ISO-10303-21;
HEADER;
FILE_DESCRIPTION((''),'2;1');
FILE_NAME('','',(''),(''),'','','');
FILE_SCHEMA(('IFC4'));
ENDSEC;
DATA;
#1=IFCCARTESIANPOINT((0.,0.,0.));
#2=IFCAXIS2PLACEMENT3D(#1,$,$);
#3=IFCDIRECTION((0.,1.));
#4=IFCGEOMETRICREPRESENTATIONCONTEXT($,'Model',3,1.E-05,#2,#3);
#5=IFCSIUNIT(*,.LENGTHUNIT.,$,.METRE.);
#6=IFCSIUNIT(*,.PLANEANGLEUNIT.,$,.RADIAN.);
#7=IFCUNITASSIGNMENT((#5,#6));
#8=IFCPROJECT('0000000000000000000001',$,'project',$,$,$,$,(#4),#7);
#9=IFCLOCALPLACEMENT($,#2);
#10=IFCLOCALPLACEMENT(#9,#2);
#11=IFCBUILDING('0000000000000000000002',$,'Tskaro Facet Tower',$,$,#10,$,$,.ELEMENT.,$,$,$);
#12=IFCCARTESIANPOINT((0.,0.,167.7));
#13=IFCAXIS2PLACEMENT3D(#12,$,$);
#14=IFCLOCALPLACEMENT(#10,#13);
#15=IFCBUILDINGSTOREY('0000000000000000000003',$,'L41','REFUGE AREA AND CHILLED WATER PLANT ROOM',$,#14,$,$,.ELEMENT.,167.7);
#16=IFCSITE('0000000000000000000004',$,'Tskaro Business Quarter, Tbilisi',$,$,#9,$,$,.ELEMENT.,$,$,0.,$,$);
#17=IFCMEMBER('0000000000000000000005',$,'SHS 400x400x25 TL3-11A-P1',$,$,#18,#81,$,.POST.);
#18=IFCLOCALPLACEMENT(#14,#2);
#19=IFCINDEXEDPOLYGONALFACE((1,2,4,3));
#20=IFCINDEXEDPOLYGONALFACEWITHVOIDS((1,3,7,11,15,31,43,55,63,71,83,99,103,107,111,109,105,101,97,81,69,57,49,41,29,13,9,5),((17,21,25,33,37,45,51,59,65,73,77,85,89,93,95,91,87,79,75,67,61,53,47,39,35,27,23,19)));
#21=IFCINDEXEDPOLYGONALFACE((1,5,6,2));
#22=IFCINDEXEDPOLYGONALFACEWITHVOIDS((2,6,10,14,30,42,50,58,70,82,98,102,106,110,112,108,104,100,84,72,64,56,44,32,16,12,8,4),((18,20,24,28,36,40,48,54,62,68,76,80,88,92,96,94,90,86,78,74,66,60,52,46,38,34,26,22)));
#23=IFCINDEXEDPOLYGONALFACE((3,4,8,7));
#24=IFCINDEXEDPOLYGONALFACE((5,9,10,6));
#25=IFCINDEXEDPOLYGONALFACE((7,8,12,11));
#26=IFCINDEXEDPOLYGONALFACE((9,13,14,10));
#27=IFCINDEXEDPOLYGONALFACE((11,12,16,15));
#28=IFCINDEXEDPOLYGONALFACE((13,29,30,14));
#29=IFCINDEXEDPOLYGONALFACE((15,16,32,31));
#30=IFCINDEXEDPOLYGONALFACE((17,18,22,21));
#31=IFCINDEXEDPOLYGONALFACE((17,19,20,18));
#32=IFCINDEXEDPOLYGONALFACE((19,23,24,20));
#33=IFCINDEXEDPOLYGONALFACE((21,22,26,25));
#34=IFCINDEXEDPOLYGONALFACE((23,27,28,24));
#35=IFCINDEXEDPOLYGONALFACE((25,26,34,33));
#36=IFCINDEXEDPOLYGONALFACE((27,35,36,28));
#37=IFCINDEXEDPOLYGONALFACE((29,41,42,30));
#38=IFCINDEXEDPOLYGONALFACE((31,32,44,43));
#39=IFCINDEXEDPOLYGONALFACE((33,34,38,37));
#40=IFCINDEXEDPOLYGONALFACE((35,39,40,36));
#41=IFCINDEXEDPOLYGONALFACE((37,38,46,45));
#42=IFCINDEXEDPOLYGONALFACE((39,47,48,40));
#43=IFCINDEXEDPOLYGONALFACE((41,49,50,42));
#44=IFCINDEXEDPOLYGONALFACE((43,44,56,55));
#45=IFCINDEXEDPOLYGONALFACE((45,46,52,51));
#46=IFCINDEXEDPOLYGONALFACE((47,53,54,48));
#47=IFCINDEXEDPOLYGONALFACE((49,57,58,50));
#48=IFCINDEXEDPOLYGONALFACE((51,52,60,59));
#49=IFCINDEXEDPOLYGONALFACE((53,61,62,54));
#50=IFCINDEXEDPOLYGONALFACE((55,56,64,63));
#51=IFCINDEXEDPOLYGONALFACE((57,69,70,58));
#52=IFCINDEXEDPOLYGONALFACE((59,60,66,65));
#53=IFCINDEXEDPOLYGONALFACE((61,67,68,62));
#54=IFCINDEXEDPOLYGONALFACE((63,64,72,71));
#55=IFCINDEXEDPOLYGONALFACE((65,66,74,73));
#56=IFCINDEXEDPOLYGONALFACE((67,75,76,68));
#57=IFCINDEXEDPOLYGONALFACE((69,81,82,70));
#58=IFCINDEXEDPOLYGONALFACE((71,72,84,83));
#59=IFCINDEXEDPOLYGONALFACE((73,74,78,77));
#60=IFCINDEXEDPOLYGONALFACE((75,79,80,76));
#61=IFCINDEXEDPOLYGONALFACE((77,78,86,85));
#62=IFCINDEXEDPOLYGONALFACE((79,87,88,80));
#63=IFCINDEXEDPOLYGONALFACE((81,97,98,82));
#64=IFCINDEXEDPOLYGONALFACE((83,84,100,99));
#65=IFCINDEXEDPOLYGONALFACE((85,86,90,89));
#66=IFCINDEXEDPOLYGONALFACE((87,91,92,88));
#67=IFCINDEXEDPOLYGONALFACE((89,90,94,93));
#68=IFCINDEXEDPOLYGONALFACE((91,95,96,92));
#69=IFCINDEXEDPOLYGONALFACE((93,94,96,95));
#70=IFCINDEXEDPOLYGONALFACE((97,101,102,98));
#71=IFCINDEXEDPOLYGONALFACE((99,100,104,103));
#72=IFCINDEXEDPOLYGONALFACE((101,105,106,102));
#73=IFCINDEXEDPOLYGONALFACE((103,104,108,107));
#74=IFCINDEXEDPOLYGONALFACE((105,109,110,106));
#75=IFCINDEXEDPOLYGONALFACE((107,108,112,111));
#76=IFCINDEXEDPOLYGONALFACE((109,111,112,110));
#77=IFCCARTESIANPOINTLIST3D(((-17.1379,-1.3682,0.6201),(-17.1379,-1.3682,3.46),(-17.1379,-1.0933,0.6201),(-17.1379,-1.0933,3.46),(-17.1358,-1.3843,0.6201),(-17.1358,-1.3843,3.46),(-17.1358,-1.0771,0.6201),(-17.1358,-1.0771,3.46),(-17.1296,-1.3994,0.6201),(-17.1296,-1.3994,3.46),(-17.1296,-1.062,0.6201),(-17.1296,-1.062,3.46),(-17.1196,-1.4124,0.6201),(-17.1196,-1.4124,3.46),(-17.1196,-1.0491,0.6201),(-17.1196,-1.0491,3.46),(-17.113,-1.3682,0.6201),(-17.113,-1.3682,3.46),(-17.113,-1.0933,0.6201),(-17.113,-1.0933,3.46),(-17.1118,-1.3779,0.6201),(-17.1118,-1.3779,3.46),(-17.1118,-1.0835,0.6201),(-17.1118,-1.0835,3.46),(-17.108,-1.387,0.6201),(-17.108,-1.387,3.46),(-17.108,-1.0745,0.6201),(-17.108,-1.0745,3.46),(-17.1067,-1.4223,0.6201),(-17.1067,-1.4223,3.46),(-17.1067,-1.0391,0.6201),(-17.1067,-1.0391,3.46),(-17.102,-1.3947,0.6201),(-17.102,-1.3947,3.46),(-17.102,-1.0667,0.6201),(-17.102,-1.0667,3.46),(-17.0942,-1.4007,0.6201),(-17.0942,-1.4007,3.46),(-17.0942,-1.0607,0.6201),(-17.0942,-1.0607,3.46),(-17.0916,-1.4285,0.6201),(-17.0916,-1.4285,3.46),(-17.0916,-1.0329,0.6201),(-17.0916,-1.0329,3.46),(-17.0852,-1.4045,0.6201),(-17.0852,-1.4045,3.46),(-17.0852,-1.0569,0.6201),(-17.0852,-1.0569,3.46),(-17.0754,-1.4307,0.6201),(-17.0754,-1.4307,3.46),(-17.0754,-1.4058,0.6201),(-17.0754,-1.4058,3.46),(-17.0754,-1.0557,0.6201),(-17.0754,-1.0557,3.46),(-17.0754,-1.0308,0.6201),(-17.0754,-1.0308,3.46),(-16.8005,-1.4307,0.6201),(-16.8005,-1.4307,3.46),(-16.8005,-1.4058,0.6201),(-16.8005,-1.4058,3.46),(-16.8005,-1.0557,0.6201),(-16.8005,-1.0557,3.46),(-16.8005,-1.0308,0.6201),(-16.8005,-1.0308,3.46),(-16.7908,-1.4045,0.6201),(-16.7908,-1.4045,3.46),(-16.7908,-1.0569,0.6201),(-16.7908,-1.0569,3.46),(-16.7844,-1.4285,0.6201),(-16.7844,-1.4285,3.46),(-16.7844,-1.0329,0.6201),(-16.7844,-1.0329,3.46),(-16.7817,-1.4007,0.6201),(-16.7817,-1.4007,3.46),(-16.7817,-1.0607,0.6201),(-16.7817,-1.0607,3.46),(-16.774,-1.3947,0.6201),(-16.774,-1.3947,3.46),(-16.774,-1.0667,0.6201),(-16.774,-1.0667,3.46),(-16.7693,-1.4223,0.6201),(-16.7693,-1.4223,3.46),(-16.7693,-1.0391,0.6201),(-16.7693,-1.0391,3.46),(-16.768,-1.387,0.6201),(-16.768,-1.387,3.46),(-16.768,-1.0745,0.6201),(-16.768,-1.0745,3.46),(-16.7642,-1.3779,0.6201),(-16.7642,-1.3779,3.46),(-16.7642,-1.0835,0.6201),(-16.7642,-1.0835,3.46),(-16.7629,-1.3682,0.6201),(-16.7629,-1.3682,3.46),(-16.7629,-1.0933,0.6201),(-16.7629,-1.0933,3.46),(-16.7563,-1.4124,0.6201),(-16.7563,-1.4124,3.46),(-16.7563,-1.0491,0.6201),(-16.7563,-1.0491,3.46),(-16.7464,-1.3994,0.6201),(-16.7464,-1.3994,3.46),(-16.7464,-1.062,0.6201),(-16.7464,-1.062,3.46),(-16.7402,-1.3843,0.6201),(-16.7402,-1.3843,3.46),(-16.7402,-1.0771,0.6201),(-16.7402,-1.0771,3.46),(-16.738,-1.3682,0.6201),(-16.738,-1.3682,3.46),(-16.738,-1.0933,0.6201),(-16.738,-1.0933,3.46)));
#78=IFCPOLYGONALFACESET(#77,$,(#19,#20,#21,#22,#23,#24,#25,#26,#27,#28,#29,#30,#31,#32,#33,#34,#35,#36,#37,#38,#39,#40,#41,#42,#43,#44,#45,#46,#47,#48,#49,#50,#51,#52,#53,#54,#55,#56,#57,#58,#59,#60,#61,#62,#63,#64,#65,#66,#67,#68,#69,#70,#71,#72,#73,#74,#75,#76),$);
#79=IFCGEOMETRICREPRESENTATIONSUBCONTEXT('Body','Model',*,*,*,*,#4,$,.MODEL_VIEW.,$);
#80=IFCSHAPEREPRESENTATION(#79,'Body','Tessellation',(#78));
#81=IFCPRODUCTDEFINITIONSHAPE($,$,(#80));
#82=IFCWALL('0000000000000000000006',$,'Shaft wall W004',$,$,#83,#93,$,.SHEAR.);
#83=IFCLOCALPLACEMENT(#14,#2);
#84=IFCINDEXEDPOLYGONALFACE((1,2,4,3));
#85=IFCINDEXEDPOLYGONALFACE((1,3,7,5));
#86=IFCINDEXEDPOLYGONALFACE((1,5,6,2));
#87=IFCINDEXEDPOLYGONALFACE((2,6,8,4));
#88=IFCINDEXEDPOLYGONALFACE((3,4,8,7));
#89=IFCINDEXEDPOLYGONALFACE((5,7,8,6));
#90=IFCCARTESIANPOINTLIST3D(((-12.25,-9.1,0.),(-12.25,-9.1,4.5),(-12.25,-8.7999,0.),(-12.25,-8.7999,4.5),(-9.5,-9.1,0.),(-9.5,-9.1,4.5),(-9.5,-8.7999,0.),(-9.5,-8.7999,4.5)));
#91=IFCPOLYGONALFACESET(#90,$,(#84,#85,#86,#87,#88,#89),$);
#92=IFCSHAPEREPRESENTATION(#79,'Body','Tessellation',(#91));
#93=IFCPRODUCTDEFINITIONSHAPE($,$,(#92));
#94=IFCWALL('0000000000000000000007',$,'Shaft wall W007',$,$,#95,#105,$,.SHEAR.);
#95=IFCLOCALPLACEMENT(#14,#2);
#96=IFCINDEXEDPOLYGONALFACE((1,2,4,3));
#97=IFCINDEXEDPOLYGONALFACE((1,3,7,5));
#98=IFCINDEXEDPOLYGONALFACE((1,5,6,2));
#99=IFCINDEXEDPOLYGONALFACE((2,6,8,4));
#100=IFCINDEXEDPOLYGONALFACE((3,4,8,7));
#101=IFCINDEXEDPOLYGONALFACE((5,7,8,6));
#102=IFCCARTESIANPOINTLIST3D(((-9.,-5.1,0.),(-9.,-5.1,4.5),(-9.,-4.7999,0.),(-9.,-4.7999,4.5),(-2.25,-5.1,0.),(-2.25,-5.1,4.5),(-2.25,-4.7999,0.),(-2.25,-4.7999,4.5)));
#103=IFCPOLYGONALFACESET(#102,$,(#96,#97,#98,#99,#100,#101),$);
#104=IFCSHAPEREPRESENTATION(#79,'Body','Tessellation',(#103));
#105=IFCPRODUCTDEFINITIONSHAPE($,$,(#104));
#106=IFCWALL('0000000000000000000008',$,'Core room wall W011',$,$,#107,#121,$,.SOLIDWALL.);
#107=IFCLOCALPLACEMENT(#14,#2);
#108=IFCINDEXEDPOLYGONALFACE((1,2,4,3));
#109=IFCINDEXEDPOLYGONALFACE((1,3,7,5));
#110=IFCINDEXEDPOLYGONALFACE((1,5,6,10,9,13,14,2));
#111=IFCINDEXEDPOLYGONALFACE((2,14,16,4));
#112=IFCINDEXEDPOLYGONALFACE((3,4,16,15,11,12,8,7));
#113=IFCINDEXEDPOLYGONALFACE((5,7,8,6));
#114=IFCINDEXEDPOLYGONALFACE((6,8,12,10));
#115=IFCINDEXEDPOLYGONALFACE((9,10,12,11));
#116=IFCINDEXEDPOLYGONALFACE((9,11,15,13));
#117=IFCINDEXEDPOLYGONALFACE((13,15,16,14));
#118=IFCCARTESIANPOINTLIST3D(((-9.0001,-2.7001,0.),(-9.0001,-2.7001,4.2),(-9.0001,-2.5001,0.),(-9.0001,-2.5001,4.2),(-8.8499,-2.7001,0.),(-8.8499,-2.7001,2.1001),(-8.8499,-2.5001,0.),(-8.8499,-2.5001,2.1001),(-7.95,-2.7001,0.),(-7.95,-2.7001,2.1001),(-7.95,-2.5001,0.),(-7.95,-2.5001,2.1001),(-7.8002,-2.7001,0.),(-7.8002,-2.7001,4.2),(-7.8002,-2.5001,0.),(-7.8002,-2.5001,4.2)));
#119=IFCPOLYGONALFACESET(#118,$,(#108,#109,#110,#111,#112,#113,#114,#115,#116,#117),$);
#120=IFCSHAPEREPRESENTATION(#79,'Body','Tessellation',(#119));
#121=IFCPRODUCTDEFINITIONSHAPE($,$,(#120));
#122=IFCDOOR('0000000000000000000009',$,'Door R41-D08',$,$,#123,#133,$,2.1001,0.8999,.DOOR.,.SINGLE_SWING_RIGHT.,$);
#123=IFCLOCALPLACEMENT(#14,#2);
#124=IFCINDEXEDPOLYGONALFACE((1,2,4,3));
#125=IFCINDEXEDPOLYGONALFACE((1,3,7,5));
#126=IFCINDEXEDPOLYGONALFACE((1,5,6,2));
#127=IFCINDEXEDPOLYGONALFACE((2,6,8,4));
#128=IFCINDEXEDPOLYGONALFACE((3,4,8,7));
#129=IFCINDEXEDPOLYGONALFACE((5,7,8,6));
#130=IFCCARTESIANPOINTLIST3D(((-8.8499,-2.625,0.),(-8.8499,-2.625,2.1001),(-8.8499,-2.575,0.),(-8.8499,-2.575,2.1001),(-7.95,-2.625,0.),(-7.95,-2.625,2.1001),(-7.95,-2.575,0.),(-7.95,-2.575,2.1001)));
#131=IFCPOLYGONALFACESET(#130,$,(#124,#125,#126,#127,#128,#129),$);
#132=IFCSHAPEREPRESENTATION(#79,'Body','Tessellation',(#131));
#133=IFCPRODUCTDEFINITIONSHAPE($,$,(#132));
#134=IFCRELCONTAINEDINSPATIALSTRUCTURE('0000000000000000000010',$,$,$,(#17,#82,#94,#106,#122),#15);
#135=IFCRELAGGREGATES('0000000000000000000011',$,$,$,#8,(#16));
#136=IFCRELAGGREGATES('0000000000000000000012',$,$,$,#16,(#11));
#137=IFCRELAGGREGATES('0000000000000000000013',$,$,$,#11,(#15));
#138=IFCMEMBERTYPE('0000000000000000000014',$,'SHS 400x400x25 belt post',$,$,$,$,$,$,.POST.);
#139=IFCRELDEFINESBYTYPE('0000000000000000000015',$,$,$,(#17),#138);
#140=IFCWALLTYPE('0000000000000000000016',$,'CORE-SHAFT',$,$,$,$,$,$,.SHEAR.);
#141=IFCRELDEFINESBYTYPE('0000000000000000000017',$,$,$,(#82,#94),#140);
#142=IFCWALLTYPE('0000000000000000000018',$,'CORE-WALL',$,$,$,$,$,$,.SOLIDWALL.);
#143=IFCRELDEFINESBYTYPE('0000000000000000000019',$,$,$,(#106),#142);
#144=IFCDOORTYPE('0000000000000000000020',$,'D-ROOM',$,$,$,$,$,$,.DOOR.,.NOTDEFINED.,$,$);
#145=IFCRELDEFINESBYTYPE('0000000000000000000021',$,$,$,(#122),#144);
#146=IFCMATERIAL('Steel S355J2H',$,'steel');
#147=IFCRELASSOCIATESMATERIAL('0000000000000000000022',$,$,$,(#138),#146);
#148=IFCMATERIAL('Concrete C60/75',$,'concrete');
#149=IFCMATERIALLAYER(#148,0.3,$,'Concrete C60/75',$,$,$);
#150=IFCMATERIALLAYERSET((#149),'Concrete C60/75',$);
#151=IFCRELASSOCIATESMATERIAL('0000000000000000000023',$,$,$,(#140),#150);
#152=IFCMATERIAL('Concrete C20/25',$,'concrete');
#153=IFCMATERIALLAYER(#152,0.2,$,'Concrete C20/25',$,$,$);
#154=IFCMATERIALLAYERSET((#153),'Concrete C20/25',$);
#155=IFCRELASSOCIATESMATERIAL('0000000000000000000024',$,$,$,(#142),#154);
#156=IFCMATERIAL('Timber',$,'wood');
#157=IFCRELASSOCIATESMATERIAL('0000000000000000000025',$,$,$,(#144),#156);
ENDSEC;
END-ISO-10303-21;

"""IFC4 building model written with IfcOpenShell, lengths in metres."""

from ifc_helpers import new_model, si_unit, direction, frame, frame_2d, origin, origin_2d, place, context, subcontext, project, spatial, rectangle, hollow_rectangle, extrude, material, layer, layer_set, material_profile, profile_set, type_object, element, fill, save


model = new_model("IFC4")

# Units and contexts
model_context = context("Model", 3, precision=1e-05, world=origin(), true_north=direction((0.0, 1.0)))
body_context = subcontext(model_context, "Body", "Model", "MODEL_VIEW")
ifc_project = project(units=[si_unit("LENGTHUNIT", "METRE"), si_unit("PLANEANGLEUNIT", "RADIAN")], contexts=[model_context])

# Site, building, storey
site_placement = place(None, origin())
site = spatial("IfcSite", under=ifc_project, at=site_placement, Name="Tskaro Business Quarter, Tbilisi", CompositionType="ELEMENT", RefElevation=0.0)
building_placement = place(site_placement, origin())
building = spatial("IfcBuilding", under=site, at=building_placement, Name="Tskaro Facet Tower", CompositionType="ELEMENT")
storey_placement = place(building_placement, frame((0.0, 0.0, 167.7)))
storey = spatial("IfcBuildingStorey", under=building, at=storey_placement, Name="L41", Description="REFUGE AREA AND CHILLED WATER PLANT ROOM", CompositionType="ELEMENT", Elevation=167.7)

# Shared definitions
ifc_material_1 = material(Name="Steel S355J2H", Category="steel")

# Member
ifc_material_profile_1 = material_profile(ifc_material_1, hollow_rectangle(XDim=0.3999, YDim=0.3999, WallThickness=0.0249, InnerFilletRadius=0.0376, OuterFilletRadius=0.0625, at=origin_2d()), Name="SHS 400x400x25")
ifc_profile_set_1 = profile_set([ifc_material_profile_1], Name="Steel S355J2H")
member_type_1 = type_object("IfcMemberType", Name="SHS 400x400x25 belt post", PredefinedType="POST", material=ifc_profile_set_1)
member_1_placement = place(storey_placement, frame((-16.938, -1.2307, 0.6201), z_axis=(0.0, 0.0, 1.0), x_axis=(1.0, 0.0, 0.0)))
element("IfcMember", 1, at=member_1_placement, inside=storey, type_object=member_type_1, Name="SHS 400x400x25 TL3-11A-P1", PredefinedType="POST", context=body_context, shape_type="SweptSolid", body=[
    extrude(hollow_rectangle(XDim=0.3999, YDim=0.3999, WallThickness=0.0249, InnerFilletRadius=0.0376, OuterFilletRadius=0.0625, at=origin_2d()), origin(), (0.0, 0.0, 1.0), 2.8398),
])

# Walls
ifc_material_2 = material(Name="Concrete C60/75", Category="concrete")
ifc_layer_1 = layer(ifc_material_2, 0.3, Name="Concrete C60/75")
ifc_layer_set_1 = layer_set([ifc_layer_1], Name="Concrete C60/75")
wall_type_1 = type_object("IfcWallType", Name="CORE-SHAFT", PredefinedType="SHEAR", material=ifc_layer_set_1)
wall_1_placement = place(storey_placement, frame((-12.25, -8.95, 0.0), z_axis=(0.0, 0.0, 1.0), x_axis=(1.0, 0.0, 0.0)))
element("IfcWall", 2, at=wall_1_placement, inside=storey, type_object=wall_type_1, Name="Shaft wall W004", PredefinedType="SHEAR", context=body_context, shape_type="SweptSolid", body=[
    extrude(rectangle(XDim=2.75, YDim=0.3, at=frame_2d((1.375, 0.0))), origin(), (0.0, 0.0, 1.0), 4.5),
])
wall_2_placement = place(storey_placement, frame((-9.0, -4.95, 0.0), z_axis=(0.0, 0.0, 1.0), x_axis=(1.0, 0.0, 0.0)))
element("IfcWall", 3, at=wall_2_placement, inside=storey, type_object=wall_type_1, Name="Shaft wall W007", PredefinedType="SHEAR", context=body_context, shape_type="SweptSolid", body=[
    extrude(rectangle(XDim=6.75, YDim=0.3, at=frame_2d((3.375, 0.0))), origin(), (0.0, 0.0, 1.0), 4.5),
])

# Wall, opening, door
ifc_material_3 = material(Name="Concrete C20/25", Category="concrete")
ifc_layer_2 = layer(ifc_material_3, 0.2, Name="Concrete C20/25")
ifc_layer_set_2 = layer_set([ifc_layer_2], Name="Concrete C20/25")
wall_type_2 = type_object("IfcWallType", Name="CORE-WALL", PredefinedType="SOLIDWALL", material=ifc_layer_set_2)
wall_3_placement = place(storey_placement, frame((-7.8, -2.6001, 0.0), z_axis=(0.0, 0.0, 1.0), x_axis=(-1.0, 0.0, 0.0)))
wall_3 = element("IfcWall", 4, at=wall_3_placement, inside=storey, type_object=wall_type_2, Name="Core room wall W011", PredefinedType="SOLIDWALL", context=body_context, shape_type="SweptSolid", body=[
    extrude(rectangle(XDim=1.2, YDim=0.2, at=frame_2d((0.6001, 0.0))), origin(), (0.0, 0.0, 1.0), 4.2),
])
opening_1_placement = place(wall_3_placement, frame((0.1499, 0.0, 0.0)))
opening_1 = element("IfcOpeningElement", 5, at=opening_1_placement, cuts=wall_3, PredefinedType="OPENING", context=body_context, shape_type="SweptSolid", body=[
    extrude(rectangle(XDim=0.8999, YDim=2.1001, at=frame_2d((0.45, 1.05))), frame((0.0, 0.1099, 0.0), z_axis=(0.0, -1.0, 0.0), x_axis=(1.0, 0.0, 0.0)), (0.0, 0.0, 1.0), 0.22),
])
ifc_material_4 = material(Name="Timber", Category="wood")
door_type_1 = type_object("IfcDoorType", Name="D-ROOM", OperationType="NOTDEFINED", PredefinedType="DOOR", material=ifc_material_4)
door_1_placement = place(opening_1_placement, origin())
door_1 = element("IfcDoor", 6, at=door_1_placement, inside=storey, type_object=door_type_1, Name="Door R41-D08", OperationType="SINGLE_SWING_RIGHT", OverallHeight=2.1001, OverallWidth=0.8999, PredefinedType="DOOR", context=body_context, shape_type="SweptSolid", body=[
    extrude(rectangle(XDim=0.8999, YDim=2.1001, at=frame_2d((0.45, 1.05))), frame((0.0, 0.0249, 0.0), z_axis=(0.0, -1.0, 0.0), x_axis=(1.0, 0.0, 0.0)), (0.0, 0.0, 1.0), 0.05),
])
fill(opening_1, door_1)

save(model, "model.ifc")
